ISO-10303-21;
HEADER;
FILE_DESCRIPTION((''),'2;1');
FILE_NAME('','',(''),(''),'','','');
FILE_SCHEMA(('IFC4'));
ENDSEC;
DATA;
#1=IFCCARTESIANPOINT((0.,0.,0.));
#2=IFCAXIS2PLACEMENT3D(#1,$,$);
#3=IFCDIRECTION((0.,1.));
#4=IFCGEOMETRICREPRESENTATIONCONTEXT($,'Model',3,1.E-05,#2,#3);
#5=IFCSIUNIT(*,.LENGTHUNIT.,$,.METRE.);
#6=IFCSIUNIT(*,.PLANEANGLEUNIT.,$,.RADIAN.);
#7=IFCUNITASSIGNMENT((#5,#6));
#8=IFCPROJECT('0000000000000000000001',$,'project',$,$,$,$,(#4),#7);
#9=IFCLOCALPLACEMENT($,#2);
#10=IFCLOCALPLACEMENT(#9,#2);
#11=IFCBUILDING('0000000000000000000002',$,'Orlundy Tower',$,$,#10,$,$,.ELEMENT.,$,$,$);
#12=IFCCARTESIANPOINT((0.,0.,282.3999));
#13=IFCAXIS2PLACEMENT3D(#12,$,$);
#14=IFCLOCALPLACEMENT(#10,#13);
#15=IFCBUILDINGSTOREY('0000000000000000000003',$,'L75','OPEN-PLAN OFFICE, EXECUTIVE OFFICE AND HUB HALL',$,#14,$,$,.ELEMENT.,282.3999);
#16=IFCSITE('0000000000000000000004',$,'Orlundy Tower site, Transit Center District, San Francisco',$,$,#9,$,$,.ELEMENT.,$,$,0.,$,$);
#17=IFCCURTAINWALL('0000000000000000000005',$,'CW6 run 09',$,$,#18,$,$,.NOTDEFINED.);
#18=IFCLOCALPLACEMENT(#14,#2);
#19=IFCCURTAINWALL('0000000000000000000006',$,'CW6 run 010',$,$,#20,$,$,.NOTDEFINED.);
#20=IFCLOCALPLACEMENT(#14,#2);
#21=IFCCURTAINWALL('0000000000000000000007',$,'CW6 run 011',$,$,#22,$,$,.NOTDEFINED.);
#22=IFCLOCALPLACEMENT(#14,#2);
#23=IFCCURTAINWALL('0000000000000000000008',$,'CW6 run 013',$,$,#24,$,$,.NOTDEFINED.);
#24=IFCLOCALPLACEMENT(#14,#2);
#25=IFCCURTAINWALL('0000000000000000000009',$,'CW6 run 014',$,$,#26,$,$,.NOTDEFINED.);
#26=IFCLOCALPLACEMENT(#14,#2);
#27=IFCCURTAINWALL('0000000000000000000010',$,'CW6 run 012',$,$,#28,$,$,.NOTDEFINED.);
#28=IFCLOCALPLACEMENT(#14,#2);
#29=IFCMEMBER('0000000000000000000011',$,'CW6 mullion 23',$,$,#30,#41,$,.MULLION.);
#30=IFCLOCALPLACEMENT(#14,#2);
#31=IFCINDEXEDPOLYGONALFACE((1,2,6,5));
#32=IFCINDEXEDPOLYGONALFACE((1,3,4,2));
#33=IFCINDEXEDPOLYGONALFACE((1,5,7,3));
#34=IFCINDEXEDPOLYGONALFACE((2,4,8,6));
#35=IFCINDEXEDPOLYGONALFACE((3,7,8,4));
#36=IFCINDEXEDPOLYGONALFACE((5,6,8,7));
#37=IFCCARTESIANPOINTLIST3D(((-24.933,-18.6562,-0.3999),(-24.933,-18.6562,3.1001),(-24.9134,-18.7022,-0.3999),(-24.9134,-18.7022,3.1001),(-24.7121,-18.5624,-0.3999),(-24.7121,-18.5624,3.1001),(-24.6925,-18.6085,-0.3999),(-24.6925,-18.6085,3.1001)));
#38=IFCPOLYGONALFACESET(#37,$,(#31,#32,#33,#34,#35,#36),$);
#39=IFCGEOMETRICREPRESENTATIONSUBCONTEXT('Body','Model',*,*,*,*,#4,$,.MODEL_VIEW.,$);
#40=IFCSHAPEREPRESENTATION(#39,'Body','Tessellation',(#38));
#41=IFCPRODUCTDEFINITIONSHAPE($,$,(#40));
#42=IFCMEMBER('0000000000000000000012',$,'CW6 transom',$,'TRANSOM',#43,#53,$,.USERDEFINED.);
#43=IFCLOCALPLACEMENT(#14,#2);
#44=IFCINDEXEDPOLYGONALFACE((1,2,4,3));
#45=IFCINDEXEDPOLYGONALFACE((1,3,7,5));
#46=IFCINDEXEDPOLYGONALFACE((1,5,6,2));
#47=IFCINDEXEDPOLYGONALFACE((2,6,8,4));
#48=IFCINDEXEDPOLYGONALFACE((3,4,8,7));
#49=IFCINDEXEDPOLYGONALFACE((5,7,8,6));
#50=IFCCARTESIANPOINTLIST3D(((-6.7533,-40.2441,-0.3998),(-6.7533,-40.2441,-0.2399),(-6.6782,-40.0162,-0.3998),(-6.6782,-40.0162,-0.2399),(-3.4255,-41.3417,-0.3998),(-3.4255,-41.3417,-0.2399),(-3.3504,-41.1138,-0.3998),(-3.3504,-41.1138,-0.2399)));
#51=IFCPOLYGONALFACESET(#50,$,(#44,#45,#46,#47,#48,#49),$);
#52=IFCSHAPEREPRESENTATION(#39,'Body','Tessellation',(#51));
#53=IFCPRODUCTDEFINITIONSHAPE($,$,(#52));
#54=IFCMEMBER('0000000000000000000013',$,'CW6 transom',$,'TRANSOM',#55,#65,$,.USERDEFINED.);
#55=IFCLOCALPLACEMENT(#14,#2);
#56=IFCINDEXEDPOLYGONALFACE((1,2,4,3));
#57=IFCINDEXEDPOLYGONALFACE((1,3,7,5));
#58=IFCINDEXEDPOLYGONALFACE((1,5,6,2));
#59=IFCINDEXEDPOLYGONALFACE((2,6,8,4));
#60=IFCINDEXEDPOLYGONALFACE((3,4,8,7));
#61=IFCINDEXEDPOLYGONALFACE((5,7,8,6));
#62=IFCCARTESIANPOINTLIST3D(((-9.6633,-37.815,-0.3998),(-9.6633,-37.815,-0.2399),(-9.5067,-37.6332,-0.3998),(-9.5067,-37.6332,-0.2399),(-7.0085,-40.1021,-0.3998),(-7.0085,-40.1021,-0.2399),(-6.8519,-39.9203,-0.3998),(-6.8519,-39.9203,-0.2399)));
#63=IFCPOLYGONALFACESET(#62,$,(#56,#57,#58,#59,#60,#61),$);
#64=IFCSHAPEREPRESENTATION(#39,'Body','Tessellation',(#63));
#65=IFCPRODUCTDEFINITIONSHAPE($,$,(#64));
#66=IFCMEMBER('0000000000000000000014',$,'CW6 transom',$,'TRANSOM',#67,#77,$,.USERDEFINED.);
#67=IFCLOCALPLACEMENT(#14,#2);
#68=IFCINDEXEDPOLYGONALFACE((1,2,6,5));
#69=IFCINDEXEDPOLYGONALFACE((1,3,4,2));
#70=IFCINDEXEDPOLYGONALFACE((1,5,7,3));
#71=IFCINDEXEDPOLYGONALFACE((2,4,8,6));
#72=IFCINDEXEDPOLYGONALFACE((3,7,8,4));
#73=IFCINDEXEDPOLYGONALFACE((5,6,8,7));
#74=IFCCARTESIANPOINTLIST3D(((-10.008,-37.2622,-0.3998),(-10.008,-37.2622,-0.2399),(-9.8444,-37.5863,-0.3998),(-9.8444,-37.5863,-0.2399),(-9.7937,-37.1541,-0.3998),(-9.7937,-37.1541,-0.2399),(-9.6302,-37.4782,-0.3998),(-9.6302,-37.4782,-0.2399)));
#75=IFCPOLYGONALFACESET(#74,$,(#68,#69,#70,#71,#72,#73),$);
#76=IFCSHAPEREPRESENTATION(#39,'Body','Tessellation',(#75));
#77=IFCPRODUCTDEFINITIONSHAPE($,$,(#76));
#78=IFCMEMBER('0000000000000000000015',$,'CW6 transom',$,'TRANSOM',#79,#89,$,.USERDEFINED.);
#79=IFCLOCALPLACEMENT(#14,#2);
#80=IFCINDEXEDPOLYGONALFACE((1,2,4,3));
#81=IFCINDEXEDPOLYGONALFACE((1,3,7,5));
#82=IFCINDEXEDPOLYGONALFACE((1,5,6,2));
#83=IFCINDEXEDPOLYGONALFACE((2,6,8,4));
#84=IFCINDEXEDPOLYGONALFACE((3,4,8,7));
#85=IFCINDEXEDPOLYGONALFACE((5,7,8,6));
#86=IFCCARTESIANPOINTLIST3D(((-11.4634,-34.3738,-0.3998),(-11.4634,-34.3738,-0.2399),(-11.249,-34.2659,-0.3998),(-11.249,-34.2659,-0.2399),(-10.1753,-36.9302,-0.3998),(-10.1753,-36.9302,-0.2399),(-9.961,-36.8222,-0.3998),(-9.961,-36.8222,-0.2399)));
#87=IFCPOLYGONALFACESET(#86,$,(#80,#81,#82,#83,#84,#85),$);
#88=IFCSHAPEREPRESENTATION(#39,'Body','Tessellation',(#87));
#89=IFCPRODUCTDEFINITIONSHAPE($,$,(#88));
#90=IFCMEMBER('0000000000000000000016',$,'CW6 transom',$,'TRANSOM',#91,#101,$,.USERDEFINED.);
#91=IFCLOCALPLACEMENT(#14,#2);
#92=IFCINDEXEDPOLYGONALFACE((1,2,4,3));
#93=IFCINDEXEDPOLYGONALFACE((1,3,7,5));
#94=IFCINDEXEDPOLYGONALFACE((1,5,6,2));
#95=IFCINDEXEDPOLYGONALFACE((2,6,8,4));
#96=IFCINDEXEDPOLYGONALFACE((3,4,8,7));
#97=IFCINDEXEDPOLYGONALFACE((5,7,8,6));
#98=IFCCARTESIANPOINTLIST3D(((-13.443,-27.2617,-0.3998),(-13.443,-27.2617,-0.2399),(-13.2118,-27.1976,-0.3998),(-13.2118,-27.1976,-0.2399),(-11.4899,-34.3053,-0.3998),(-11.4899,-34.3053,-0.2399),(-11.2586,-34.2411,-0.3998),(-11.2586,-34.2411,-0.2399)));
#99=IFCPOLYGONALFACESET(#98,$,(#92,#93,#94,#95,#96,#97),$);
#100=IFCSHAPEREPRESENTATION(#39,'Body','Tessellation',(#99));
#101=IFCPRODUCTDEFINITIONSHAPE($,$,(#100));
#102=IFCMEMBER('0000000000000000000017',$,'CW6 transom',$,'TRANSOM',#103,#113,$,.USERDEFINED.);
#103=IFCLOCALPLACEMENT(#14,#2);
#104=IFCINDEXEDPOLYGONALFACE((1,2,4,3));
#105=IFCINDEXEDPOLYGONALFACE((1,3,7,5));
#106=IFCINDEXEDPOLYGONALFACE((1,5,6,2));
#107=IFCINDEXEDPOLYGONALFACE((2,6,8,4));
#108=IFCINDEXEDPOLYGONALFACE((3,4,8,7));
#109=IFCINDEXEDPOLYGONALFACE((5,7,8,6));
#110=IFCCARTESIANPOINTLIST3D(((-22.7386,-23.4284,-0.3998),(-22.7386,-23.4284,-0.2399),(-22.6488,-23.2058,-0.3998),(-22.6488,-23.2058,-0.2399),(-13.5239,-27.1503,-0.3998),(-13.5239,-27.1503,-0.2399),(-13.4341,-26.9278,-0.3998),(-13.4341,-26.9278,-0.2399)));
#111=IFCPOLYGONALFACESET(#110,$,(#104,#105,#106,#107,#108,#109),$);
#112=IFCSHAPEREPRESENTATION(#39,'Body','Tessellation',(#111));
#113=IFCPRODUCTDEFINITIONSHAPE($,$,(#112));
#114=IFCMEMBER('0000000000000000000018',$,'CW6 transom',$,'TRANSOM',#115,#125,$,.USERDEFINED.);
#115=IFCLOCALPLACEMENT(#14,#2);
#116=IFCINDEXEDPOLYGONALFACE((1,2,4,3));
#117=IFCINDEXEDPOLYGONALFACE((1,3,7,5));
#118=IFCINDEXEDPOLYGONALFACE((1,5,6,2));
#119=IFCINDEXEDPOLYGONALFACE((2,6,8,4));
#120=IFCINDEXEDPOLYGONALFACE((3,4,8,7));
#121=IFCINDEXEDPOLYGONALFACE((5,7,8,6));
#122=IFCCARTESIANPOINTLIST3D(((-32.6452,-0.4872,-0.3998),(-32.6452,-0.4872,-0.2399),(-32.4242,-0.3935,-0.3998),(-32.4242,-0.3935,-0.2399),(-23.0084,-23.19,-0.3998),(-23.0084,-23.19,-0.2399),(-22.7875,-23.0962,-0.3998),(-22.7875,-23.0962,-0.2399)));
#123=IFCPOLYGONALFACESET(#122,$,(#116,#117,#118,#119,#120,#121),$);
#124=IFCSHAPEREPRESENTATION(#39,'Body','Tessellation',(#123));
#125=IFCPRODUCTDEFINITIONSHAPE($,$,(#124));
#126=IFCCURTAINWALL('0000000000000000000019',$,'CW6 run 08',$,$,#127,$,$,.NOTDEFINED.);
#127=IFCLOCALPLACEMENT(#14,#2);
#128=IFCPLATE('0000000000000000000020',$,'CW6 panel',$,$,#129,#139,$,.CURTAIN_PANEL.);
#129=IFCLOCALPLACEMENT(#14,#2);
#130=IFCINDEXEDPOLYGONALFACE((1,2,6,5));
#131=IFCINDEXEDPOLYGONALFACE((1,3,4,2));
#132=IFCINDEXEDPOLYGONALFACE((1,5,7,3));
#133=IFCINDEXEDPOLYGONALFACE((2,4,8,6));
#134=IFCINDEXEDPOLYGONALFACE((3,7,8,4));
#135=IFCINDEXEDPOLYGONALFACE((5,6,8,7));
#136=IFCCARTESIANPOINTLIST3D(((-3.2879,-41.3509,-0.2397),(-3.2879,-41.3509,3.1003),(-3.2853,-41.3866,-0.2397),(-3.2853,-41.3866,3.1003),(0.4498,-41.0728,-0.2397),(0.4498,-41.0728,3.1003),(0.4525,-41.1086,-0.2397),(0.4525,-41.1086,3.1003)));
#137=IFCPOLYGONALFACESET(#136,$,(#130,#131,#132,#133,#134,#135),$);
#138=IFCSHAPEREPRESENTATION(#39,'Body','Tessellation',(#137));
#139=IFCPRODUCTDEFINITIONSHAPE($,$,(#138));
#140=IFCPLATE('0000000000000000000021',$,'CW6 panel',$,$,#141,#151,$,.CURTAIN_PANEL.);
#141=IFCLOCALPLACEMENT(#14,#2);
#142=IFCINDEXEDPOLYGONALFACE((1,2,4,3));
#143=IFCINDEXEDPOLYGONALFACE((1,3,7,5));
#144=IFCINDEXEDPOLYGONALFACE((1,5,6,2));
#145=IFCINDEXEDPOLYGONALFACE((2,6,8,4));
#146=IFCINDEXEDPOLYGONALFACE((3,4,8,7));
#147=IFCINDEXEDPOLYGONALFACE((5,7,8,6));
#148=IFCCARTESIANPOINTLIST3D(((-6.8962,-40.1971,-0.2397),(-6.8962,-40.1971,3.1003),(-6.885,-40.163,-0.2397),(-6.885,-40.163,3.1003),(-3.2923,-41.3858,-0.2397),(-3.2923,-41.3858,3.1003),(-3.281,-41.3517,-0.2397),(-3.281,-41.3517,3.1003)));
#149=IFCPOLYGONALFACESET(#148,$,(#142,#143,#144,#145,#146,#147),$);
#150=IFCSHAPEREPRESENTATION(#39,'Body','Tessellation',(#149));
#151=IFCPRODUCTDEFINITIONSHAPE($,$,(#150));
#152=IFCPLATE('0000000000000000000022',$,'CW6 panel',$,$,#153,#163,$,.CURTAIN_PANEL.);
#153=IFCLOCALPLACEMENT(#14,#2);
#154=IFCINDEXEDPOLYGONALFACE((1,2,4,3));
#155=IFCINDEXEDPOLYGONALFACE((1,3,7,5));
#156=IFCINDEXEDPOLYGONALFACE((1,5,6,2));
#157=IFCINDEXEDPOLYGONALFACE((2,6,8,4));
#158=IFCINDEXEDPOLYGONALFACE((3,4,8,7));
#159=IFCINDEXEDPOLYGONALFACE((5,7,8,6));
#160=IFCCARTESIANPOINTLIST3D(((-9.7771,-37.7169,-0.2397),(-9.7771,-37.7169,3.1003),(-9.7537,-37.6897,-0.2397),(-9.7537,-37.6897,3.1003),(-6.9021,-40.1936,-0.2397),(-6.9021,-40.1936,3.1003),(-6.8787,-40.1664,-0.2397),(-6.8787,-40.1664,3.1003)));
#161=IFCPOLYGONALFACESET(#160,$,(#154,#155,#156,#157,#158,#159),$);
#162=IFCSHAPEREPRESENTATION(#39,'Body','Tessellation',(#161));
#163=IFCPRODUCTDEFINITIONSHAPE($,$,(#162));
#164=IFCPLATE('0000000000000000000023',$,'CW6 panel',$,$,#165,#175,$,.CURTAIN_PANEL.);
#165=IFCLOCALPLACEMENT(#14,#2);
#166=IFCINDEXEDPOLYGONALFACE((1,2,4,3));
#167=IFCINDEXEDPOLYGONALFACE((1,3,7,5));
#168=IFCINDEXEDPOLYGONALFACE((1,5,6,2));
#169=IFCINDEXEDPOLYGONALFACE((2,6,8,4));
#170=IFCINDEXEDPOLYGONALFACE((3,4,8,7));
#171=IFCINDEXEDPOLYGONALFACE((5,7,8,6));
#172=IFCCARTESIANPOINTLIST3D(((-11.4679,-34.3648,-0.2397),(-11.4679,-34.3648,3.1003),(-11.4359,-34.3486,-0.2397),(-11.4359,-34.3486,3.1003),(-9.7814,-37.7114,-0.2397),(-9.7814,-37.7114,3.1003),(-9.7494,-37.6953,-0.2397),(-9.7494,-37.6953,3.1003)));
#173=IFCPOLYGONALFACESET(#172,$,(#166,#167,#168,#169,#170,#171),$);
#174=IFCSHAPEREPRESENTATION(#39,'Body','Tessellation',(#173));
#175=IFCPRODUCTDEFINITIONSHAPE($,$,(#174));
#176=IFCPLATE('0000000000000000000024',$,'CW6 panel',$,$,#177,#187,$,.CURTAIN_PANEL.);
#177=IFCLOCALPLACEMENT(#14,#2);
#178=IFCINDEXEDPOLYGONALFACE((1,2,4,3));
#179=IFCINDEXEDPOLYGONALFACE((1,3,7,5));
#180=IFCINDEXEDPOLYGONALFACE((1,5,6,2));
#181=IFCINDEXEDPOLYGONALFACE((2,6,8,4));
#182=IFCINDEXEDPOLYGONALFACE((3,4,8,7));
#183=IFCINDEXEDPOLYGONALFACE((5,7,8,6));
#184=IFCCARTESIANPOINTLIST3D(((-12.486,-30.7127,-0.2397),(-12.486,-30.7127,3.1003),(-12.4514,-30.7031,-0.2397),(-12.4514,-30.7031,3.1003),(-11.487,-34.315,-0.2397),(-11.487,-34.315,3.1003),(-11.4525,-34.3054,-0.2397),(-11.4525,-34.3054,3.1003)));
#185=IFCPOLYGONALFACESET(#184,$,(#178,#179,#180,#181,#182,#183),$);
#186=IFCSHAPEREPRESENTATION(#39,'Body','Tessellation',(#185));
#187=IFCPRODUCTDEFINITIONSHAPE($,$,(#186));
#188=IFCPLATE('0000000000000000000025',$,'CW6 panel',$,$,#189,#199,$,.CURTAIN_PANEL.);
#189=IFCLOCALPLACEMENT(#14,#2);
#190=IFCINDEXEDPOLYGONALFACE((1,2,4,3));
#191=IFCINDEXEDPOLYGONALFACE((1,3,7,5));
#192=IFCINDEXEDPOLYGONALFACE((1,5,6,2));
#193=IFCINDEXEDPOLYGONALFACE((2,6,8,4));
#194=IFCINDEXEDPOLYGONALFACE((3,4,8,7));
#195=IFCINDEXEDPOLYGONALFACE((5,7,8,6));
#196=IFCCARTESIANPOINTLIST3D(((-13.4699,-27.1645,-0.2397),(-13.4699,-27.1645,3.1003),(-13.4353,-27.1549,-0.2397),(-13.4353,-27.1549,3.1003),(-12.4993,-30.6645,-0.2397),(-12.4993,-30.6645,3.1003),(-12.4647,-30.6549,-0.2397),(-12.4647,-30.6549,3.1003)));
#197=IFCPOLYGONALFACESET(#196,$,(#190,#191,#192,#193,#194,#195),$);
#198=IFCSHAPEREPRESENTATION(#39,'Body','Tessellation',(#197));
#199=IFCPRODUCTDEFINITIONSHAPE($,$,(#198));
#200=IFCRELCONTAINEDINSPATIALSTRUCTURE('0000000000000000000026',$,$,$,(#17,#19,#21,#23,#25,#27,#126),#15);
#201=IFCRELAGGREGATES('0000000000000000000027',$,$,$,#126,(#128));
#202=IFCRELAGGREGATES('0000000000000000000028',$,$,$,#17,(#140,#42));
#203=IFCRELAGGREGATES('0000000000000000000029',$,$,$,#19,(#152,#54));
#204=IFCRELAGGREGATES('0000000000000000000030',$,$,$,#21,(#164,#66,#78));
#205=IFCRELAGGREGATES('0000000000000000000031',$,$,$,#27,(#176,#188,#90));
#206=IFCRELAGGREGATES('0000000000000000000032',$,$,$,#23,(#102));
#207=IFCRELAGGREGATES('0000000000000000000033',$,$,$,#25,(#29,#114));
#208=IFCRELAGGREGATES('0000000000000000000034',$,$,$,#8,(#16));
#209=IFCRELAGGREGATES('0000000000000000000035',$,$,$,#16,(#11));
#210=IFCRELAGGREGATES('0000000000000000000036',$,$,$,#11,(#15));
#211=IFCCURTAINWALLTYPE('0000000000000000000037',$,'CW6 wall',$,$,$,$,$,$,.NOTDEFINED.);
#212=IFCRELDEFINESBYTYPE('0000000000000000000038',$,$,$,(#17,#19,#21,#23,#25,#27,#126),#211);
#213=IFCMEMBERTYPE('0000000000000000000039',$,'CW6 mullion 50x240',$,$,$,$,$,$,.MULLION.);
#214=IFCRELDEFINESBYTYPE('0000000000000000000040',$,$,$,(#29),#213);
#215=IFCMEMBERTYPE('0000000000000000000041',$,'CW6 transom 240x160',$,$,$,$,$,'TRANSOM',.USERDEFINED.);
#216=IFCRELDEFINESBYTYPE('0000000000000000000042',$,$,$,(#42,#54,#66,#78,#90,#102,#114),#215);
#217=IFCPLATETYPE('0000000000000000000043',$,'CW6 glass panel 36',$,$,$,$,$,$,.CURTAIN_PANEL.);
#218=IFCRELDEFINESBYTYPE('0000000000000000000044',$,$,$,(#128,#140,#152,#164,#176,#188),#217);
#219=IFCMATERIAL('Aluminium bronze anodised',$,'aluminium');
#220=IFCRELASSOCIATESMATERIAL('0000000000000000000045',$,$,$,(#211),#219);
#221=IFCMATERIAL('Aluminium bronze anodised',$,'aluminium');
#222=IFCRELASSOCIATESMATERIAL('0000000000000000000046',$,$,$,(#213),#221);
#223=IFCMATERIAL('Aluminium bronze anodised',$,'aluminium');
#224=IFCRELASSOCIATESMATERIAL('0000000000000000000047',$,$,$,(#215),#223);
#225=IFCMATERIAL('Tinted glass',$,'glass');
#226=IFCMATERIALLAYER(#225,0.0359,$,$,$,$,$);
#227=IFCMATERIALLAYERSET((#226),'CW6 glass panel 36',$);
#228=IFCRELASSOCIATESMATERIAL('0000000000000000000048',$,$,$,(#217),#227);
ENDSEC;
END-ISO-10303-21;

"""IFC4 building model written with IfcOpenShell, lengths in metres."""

from ifc_helpers import new_model, si_unit, direction, frame, origin, origin_2d, place, context, subcontext, project, spatial, rectangle, extrude, material, layer, layer_set, material_profile, profile_set, type_object, element, aggregate, save


model = new_model("IFC4")

# Units and contexts
model_context = context("Model", 3, precision=1e-05, world=origin(), true_north=direction((0.0, 1.0)))
body_context = subcontext(model_context, "Body", "Model", "MODEL_VIEW")
ifc_project = project(units=[si_unit("LENGTHUNIT", "METRE"), si_unit("PLANEANGLEUNIT", "RADIAN")], contexts=[model_context])

# Site, building, storey
site_placement = place(None, origin())
site = spatial("IfcSite", under=ifc_project, at=site_placement, Name="Orlundy Tower site, Transit Center District, San Francisco", CompositionType="ELEMENT", RefElevation=0.0)
building_placement = place(site_placement, origin())
building = spatial("IfcBuilding", under=site, at=building_placement, Name="Orlundy Tower", CompositionType="ELEMENT")
storey_placement = place(building_placement, frame((0.0, 0.0, 282.3999)))
storey = spatial("IfcBuildingStorey", under=building, at=storey_placement, Name="L75", Description="OPEN-PLAN OFFICE, EXECUTIVE OFFICE AND HUB HALL", CompositionType="ELEMENT", Elevation=282.3999)

# Curtain walls
ifc_material_1 = material(Name="Aluminium bronze anodised", Category="aluminium")
curtain_wall_type = type_object("IfcCurtainWallType", Name="CW6 wall", PredefinedType="NOTDEFINED", material=ifc_material_1)
curtain_wall_1_placement = place(storey_placement, origin())
curtain_wall_1 = element("IfcCurtainWall", 1, at=curtain_wall_1_placement, inside=storey, type_object=curtain_wall_type, Name="CW6 run 09", PredefinedType="NOTDEFINED")
curtain_wall_2_placement = place(storey_placement, origin())
curtain_wall_2 = element("IfcCurtainWall", 2, at=curtain_wall_2_placement, inside=storey, type_object=curtain_wall_type, Name="CW6 run 010", PredefinedType="NOTDEFINED")
curtain_wall_3_placement = place(storey_placement, origin())
curtain_wall_3 = element("IfcCurtainWall", 3, at=curtain_wall_3_placement, inside=storey, type_object=curtain_wall_type, Name="CW6 run 011", PredefinedType="NOTDEFINED")
curtain_wall_4_placement = place(storey_placement, origin())
curtain_wall_4 = element("IfcCurtainWall", 4, at=curtain_wall_4_placement, inside=storey, type_object=curtain_wall_type, Name="CW6 run 013", PredefinedType="NOTDEFINED")
curtain_wall_5_placement = place(storey_placement, origin())
curtain_wall_5 = element("IfcCurtainWall", 5, at=curtain_wall_5_placement, inside=storey, type_object=curtain_wall_type, Name="CW6 run 014", PredefinedType="NOTDEFINED")

# Curtain wall
curtain_wall_6_placement = place(storey_placement, origin())
curtain_wall_6 = element("IfcCurtainWall", 6, at=curtain_wall_6_placement, inside=storey, type_object=curtain_wall_type, Name="CW6 run 012", PredefinedType="NOTDEFINED")
ifc_material_2 = material(Name="Aluminium bronze anodised", Category="aluminium")
ifc_material_profile_1 = material_profile(ifc_material_2, rectangle(XDim=0.24, YDim=0.05, at=origin_2d()), Name="CW6 mullion 50x240")
ifc_profile_set_1 = profile_set([ifc_material_profile_1], Name="Aluminium bronze anodised")
member_type_1 = type_object("IfcMemberType", Name="CW6 mullion 50x240", PredefinedType="MULLION", material=ifc_profile_set_1)

# Members
member_1_placement = place(storey_placement, frame((-24.8127, -18.6323, -0.3999), z_axis=(0.0, 0.0, 1.0), x_axis=(-0.920507, -0.390727, 0.0)))
member_1 = element("IfcMember", 7, at=member_1_placement, type_object=member_type_1, Name="CW6 mullion 23", PredefinedType="MULLION", context=body_context, shape_type="SweptSolid", body=[
    extrude(rectangle(XDim=0.24, YDim=0.05, at=origin_2d()), origin(), (0.0, 0.0, 1.0), 3.5),
])
ifc_material_3 = material(Name="Aluminium bronze anodised", Category="aluminium")
ifc_material_profile_2 = material_profile(ifc_material_3, rectangle(XDim=0.24, YDim=0.1599, at=origin_2d()), Name="CW6 transom 240x160")
ifc_profile_set_2 = profile_set([ifc_material_profile_2], Name="Aluminium bronze anodised")
member_type_2 = type_object("IfcMemberType", Name="CW6 transom 240x160", ElementType="TRANSOM", PredefinedType="USERDEFINED", material=ifc_profile_set_2)
member_2_placement = place(storey_placement, frame((-3.3879, -41.2278, -0.3198), z_axis=(-0.949675, 0.313237, 0.0), x_axis=(-0.313237, -0.949675, 0.0)))
member_2 = element("IfcMember", 8, at=member_2_placement, type_object=member_type_2, Name="CW6 transom", ObjectType="TRANSOM", PredefinedType="USERDEFINED", context=body_context, shape_type="SweptSolid", body=[
    extrude(rectangle(XDim=0.24, YDim=0.1599, at=origin_2d()), origin(), (0.0, 0.0, 1.0), 3.5042),
])
member_3_placement = place(storey_placement, frame((-6.9302, -40.0112, -0.3198), z_axis=(-0.757621, 0.652694, 0.0), x_axis=(-0.652694, -0.757621, 0.0)))
member_3 = element("IfcMember", 9, at=member_3_placement, type_object=member_type_2, Name="CW6 transom", ObjectType="TRANSOM", PredefinedType="USERDEFINED", context=body_context, shape_type="SweptSolid", body=[
    extrude(rectangle(XDim=0.24, YDim=0.1599, at=origin_2d()), origin(), (0.0, 0.0, 1.0), 3.5042),
])
member_4_placement = place(storey_placement, frame((-9.7373, -37.5322, -0.3198), z_axis=(-0.450438, 0.892808, 0.0), x_axis=(-0.892808, -0.450438, 0.0)))
member_4 = element("IfcMember", 10, at=member_4_placement, type_object=member_type_2, Name="CW6 transom", ObjectType="TRANSOM", PredefinedType="USERDEFINED", context=body_context, shape_type="SweptSolid", body=[
    extrude(rectangle(XDim=0.24, YDim=0.1599, at=origin_2d()), origin(), (0.0, 0.0, 1.0), 0.363),
])
member_5_placement = place(storey_placement, frame((-10.0681, -36.8762, -0.3198), z_axis=(-0.449975, 0.893041, 0.0), x_axis=(-0.893041, -0.449975, 0.0)))
member_5 = element("IfcMember", 11, at=member_5_placement, type_object=member_type_2, Name="CW6 transom", ObjectType="TRANSOM", PredefinedType="USERDEFINED", context=body_context, shape_type="SweptSolid", body=[
    extrude(rectangle(XDim=0.24, YDim=0.1599, at=origin_2d()), origin(), (0.0, 0.0, 1.0), 2.8625),
])
member_6_placement = place(storey_placement, frame((-11.3743, -34.2732, -0.3198), z_axis=(-0.267213, 0.963637, 0.0), x_axis=(-0.963637, -0.267213, 0.0)))
member_6 = element("IfcMember", 12, at=member_6_placement, type_object=member_type_2, Name="CW6 transom", ObjectType="TRANSOM", PredefinedType="USERDEFINED", context=body_context, shape_type="SweptSolid", body=[
    extrude(rectangle(XDim=0.24, YDim=0.1599, at=origin_2d()), origin(), (0.0, 0.0, 1.0), 7.3093),
])
member_7_placement = place(storey_placement, frame((-13.479, -27.0391, -0.3198), z_axis=(-0.927219, 0.374519, 0.0), x_axis=(-0.374519, -0.927219, 0.0)))
member_7 = element("IfcMember", 13, at=member_7_placement, type_object=member_type_2, Name="CW6 transom", ObjectType="TRANSOM", PredefinedType="USERDEFINED", context=body_context, shape_type="SweptSolid", body=[
    extrude(rectangle(XDim=0.24, YDim=0.1599, at=origin_2d()), origin(), (0.0, 0.0, 1.0), 9.938),
])
member_8_placement = place(storey_placement, frame((-22.8979, -23.1431, -0.3198), z_axis=(-0.390732, 0.920505, 0.0), x_axis=(-0.920505, -0.390732, 0.0)))
member_8 = element("IfcMember", 14, at=member_8_placement, type_object=member_type_2, Name="CW6 transom", ObjectType="TRANSOM", PredefinedType="USERDEFINED", context=body_context, shape_type="SweptSolid", body=[
    extrude(rectangle(XDim=0.24, YDim=0.1599, at=origin_2d()), origin(), (0.0, 0.0, 1.0), 24.6633),
])

# Curtain wall, plate
curtain_wall_7_placement = place(storey_placement, origin())
curtain_wall_7 = element("IfcCurtainWall", 15, at=curtain_wall_7_placement, inside=storey, type_object=curtain_wall_type, Name="CW6 run 08", PredefinedType="NOTDEFINED")
ifc_material_4 = material(Name="Tinted glass", Category="glass")
ifc_layer_1 = layer(ifc_material_4, 0.0359)
ifc_layer_set_1 = layer_set([ifc_layer_1], Name="CW6 glass panel 36")
plate_type = type_object("IfcPlateType", Name="CW6 glass panel 36", PredefinedType="CURTAIN_PANEL", material=ifc_layer_set_1)
plate_1_placement = place(storey_placement, frame((-1.4177, -41.2297, -0.2397), z_axis=(0.0, 0.0, 1.0), x_axis=(-0.997245, -0.07418, 0.0)))
plate_1 = element("IfcPlate", 16, at=plate_1_placement, type_object=plate_type, Name="CW6 panel", PredefinedType="CURTAIN_PANEL", context=body_context, shape_type="SweptSolid", body=[
    extrude(rectangle(XDim=3.748, YDim=0.0359, at=origin_2d()), origin(), (0.0, 0.0, 1.0), 3.3401),
])
aggregate(curtain_wall_7, [plate_1])

# Plates
plate_2_placement = place(storey_placement, frame((-5.0886, -40.7744, -0.2397), z_axis=(0.0, 0.0, 1.0), x_axis=(-0.949677, 0.313231, 0.0)))
plate_2 = element("IfcPlate", 17, at=plate_2_placement, type_object=plate_type, Name="CW6 panel", PredefinedType="CURTAIN_PANEL", context=body_context, shape_type="SweptSolid", body=[
    extrude(rectangle(XDim=3.7949, YDim=0.0359, at=origin_2d()), origin(), (0.0, 0.0, 1.0), 3.3401),
])
aggregate(curtain_wall_1, [plate_2, member_2])
plate_3_placement = place(storey_placement, frame((-8.3279, -38.9417, -0.2397), z_axis=(0.0, 0.0, 1.0), x_axis=(-0.757635, 0.652678, 0.0)))
plate_3 = element("IfcPlate", 18, at=plate_3_placement, type_object=plate_type, Name="CW6 panel", PredefinedType="CURTAIN_PANEL", context=body_context, shape_type="SweptSolid", body=[
    extrude(rectangle(XDim=3.7947, YDim=0.0359, at=origin_2d()), origin(), (0.0, 0.0, 1.0), 3.3401),
])
aggregate(curtain_wall_2, [plate_3, member_3])
plate_4_placement = place(storey_placement, frame((-10.6086, -36.03, -0.2397), z_axis=(0.0, 0.0, 1.0), x_axis=(-0.450017, 0.89302, 0.0)))
plate_4 = element("IfcPlate", 19, at=plate_4_placement, type_object=plate_type, Name="CW6 panel", PredefinedType="CURTAIN_PANEL", context=body_context, shape_type="SweptSolid", body=[
    extrude(rectangle(XDim=3.7476, YDim=0.0359, at=origin_2d()), origin(), (0.0, 0.0, 1.0), 3.3401),
])
aggregate(curtain_wall_3, [plate_4, member_4, member_5])
plate_5_placement = place(storey_placement, frame((-11.9692, -32.509, -0.2397), z_axis=(0.0, 0.0, 1.0), x_axis=(-0.267226, 0.963634, 0.0)))
plate_5 = element("IfcPlate", 20, at=plate_5_placement, type_object=plate_type, Name="CW6 panel", PredefinedType="CURTAIN_PANEL", context=body_context, shape_type="SweptSolid", body=[
    extrude(rectangle(XDim=3.7383, YDim=0.0359, at=origin_2d()), origin(), (0.0, 0.0, 1.0), 3.3401),
])
plate_6_placement = place(storey_placement, frame((-12.9673, -28.9097, -0.2397), z_axis=(0.0, 0.0, 1.0), x_axis=(-0.267226, 0.963634, 0.0)))
plate_6 = element("IfcPlate", 21, at=plate_6_placement, type_object=plate_type, Name="CW6 panel", PredefinedType="CURTAIN_PANEL", context=body_context, shape_type="SweptSolid", body=[
    extrude(rectangle(XDim=3.6321, YDim=0.0359, at=origin_2d()), origin(), (0.0, 0.0, 1.0), 3.3401),
])
aggregate(curtain_wall_6, [plate_5, plate_6, member_6])
aggregate(curtain_wall_4, [member_7])
aggregate(curtain_wall_5, [member_1, member_8])

save(model, "model.ifc")
